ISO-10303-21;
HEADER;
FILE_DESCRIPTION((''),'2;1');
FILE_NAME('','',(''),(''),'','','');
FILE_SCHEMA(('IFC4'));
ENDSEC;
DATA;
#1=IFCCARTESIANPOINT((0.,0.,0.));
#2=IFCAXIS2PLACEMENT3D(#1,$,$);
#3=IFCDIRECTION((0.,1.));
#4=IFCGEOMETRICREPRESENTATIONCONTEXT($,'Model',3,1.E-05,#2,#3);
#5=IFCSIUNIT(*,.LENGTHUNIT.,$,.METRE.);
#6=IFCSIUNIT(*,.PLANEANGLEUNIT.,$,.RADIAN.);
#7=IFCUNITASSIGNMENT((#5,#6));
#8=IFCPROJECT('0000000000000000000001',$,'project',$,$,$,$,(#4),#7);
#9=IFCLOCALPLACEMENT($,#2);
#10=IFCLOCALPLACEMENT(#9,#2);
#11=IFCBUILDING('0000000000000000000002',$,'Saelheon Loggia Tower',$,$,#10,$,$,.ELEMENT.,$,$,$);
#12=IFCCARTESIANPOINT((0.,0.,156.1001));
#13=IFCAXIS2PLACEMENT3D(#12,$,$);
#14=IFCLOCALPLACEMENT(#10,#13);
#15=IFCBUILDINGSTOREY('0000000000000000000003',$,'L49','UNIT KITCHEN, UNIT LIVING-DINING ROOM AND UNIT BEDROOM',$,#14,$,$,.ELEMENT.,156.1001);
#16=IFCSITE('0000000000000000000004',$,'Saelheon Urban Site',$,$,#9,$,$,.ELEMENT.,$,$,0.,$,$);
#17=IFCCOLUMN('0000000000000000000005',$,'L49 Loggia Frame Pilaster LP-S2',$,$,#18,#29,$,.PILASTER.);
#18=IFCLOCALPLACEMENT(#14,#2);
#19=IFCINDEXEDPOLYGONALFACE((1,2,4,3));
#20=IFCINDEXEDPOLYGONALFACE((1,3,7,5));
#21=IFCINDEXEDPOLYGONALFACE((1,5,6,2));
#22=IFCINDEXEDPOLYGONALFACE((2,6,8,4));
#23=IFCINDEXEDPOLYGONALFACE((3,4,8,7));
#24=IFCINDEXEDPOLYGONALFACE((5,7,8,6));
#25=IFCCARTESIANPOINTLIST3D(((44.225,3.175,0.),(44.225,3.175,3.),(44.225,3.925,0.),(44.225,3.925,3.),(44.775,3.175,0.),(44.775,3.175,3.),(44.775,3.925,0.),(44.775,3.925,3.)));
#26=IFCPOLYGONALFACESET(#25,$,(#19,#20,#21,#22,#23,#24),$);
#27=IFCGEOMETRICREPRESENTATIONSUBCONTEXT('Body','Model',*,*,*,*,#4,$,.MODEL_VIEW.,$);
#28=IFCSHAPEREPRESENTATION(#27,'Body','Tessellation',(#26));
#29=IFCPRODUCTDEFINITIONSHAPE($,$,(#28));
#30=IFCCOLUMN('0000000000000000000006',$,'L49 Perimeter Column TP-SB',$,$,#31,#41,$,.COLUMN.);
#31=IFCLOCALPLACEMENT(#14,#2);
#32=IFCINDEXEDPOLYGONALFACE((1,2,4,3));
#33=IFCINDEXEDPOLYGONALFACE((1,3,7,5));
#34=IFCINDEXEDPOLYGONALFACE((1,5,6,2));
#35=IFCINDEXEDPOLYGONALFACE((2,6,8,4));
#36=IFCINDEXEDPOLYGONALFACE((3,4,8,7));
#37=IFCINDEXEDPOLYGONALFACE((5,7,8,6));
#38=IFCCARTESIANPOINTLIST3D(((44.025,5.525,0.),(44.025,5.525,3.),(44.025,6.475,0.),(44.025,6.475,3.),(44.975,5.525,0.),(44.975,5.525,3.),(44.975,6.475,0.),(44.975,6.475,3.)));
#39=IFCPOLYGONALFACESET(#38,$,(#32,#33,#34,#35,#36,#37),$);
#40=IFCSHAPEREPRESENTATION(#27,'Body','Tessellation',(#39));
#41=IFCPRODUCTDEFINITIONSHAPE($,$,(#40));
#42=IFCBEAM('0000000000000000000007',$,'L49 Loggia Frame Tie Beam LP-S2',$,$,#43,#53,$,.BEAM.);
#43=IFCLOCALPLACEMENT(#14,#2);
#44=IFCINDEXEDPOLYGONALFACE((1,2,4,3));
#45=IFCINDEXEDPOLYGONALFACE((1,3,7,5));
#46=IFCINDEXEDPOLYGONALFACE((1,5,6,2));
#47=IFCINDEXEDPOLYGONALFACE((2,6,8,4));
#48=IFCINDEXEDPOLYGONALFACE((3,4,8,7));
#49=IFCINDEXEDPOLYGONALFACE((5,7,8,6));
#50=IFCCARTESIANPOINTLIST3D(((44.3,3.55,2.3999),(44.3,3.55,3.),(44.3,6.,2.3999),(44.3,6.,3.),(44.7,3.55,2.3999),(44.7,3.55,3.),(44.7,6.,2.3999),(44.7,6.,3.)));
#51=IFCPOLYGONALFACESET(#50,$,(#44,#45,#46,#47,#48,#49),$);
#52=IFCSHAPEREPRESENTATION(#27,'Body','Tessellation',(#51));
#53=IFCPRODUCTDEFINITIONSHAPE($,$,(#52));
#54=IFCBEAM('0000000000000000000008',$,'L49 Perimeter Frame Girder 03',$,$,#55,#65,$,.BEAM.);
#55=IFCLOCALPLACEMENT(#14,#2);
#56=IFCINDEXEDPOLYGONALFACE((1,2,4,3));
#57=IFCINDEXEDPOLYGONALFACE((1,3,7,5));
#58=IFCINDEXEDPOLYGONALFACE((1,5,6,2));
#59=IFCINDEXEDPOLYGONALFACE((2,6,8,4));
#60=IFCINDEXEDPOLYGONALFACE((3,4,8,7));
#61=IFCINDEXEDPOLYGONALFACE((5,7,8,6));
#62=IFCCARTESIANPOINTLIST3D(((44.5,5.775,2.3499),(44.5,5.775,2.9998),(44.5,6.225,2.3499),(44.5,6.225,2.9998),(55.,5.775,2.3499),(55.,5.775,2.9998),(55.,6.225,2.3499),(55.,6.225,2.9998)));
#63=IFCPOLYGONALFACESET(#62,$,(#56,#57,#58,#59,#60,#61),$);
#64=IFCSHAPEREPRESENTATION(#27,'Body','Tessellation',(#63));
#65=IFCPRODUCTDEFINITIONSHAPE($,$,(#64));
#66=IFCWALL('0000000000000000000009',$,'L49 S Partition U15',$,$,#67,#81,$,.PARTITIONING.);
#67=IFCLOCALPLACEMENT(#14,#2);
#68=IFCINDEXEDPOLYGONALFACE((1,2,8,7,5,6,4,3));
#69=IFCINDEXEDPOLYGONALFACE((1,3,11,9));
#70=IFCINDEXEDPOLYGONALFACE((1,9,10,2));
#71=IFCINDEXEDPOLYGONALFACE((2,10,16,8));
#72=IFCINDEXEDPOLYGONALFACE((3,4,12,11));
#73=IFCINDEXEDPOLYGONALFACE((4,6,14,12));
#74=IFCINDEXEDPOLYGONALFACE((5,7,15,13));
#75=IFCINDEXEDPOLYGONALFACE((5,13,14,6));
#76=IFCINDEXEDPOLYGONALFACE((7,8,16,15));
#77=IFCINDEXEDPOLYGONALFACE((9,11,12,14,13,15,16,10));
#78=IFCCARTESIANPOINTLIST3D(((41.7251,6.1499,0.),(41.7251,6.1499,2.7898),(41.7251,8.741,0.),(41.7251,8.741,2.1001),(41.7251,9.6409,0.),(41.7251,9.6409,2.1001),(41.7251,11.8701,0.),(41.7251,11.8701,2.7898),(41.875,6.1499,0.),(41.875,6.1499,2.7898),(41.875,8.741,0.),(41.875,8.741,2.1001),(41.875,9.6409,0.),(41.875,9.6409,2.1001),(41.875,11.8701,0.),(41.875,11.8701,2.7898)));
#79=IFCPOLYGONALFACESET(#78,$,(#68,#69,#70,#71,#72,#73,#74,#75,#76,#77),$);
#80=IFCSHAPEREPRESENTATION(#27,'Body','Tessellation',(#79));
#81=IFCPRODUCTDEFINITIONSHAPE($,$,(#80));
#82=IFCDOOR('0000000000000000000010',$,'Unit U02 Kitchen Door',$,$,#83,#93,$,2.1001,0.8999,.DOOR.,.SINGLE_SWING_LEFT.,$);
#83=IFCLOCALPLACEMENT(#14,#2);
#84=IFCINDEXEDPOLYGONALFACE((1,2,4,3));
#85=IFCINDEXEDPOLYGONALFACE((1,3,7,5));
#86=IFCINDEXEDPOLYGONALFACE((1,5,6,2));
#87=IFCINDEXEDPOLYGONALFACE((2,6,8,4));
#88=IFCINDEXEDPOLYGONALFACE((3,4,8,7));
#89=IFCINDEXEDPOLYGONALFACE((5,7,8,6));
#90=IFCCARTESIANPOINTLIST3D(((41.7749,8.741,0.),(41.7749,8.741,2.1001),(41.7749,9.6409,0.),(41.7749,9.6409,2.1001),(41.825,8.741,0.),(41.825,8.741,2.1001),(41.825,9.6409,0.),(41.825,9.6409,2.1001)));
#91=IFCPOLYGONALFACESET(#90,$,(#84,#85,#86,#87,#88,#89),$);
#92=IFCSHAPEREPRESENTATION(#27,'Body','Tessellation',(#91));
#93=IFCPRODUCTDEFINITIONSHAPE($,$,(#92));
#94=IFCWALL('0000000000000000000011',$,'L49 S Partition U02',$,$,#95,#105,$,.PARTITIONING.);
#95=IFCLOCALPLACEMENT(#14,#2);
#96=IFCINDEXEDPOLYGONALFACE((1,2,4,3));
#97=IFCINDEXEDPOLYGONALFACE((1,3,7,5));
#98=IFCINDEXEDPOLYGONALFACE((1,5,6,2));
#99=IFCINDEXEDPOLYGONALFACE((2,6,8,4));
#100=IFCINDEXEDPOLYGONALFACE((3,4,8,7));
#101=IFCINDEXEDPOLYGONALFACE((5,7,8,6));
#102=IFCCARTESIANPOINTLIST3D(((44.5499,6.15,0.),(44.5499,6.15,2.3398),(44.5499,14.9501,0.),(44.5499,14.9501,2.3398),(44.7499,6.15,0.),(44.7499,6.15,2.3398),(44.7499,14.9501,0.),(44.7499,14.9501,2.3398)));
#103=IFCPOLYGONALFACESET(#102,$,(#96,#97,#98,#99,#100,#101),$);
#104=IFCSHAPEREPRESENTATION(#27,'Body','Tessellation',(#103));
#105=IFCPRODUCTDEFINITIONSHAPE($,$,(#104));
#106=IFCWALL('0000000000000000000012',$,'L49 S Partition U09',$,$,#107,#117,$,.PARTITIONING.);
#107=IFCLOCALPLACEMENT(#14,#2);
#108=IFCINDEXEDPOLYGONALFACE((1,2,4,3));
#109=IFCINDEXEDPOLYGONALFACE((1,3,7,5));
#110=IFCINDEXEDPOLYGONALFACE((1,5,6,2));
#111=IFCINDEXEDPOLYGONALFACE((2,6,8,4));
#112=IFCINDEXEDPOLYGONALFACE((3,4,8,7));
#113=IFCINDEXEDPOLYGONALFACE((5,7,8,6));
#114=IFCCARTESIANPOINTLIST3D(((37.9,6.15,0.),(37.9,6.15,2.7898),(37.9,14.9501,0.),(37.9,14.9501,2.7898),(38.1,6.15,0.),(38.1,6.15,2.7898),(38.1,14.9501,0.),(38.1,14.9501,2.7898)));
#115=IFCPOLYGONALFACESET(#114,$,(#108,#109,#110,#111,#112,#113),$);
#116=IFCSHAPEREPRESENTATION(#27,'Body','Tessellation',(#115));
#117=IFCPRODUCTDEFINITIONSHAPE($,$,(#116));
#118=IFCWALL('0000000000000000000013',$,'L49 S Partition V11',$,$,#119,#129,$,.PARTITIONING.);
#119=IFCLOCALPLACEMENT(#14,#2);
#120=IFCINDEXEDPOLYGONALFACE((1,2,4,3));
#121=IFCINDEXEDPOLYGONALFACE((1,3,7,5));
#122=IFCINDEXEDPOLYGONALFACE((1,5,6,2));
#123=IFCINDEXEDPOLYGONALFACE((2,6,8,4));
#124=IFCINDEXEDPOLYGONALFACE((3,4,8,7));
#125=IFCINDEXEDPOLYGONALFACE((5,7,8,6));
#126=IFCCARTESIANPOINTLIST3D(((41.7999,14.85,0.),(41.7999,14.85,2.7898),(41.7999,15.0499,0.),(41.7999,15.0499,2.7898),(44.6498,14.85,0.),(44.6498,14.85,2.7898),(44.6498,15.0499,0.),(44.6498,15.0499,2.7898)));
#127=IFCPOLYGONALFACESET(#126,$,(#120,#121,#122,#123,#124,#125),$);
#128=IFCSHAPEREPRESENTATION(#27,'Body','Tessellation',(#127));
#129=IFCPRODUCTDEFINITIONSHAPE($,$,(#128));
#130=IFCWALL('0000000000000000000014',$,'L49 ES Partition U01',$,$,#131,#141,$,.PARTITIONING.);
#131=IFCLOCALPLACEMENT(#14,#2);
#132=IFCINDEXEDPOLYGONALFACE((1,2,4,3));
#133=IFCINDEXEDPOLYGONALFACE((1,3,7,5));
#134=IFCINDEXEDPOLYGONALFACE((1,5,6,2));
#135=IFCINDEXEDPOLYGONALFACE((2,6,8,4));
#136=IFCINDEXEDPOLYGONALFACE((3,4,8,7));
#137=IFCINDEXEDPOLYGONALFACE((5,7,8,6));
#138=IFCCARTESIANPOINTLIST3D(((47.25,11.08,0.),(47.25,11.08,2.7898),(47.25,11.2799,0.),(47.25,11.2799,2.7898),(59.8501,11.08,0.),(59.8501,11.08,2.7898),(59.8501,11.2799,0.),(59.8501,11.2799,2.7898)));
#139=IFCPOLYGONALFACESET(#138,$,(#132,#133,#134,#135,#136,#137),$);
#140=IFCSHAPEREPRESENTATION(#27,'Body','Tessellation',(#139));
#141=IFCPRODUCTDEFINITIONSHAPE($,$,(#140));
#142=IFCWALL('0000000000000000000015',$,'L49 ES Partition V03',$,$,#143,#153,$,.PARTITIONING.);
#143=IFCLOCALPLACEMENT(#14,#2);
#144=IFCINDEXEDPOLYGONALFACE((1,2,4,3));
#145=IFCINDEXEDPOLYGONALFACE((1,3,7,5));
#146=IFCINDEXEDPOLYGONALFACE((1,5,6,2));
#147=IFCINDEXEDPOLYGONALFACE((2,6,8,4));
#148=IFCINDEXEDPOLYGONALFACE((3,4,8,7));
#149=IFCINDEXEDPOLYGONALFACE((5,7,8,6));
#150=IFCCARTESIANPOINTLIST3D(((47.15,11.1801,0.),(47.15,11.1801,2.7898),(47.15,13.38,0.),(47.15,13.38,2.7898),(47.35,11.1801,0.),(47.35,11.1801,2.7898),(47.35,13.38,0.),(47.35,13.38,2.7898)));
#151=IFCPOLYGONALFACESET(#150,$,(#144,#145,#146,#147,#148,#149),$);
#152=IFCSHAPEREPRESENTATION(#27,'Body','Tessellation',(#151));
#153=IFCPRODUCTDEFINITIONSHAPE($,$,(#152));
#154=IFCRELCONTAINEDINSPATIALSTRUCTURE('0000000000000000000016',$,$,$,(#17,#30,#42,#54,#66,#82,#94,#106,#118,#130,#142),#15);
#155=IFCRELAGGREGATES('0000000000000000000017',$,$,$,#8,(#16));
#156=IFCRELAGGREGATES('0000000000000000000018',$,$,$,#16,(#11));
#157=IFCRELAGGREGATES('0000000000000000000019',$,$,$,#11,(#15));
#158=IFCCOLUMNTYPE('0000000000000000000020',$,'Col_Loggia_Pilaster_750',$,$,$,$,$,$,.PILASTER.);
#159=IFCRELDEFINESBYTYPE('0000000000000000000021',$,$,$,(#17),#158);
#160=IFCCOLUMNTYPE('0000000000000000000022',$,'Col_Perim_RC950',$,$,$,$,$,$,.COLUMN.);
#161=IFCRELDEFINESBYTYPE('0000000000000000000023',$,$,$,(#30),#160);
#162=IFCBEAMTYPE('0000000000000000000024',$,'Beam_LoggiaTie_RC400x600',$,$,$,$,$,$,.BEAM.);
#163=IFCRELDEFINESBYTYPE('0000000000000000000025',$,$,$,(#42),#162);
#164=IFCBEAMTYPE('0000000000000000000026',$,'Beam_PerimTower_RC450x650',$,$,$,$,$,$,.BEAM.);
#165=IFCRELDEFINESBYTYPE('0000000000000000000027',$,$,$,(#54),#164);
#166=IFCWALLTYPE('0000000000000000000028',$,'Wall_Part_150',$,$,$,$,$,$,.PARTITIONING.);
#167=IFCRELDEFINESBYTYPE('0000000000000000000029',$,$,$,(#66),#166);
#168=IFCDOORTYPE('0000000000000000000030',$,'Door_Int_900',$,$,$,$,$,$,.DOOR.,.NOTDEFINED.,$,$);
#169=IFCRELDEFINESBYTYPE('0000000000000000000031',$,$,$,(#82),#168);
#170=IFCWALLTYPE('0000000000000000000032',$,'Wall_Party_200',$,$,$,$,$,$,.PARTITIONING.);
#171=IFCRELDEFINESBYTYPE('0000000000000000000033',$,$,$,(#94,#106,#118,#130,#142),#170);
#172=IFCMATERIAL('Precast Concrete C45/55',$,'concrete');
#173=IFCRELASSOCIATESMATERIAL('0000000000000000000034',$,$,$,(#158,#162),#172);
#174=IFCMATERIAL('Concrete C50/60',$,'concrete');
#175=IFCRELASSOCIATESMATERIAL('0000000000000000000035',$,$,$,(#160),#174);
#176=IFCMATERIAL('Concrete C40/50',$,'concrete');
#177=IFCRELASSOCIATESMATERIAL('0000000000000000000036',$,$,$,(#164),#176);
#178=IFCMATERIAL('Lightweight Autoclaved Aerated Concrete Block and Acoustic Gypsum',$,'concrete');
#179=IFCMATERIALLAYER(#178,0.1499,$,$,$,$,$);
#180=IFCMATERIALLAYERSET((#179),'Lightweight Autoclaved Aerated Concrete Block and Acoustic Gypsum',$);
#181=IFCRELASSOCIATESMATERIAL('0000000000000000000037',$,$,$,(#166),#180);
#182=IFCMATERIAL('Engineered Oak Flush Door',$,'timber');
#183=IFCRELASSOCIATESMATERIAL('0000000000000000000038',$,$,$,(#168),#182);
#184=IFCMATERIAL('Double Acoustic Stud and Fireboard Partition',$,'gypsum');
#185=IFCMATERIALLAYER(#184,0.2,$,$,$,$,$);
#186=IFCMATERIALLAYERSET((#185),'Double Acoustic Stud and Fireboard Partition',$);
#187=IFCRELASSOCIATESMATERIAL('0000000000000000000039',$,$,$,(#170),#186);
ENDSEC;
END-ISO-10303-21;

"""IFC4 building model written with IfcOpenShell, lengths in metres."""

from ifc_helpers import new_model, si_unit, direction, frame, frame_2d, origin, origin_2d, place, context, subcontext, project, spatial, rectangle, extrude, source, transform, mapped, material, layer, layer_set, material_profile, profile_set, type_object, element, fill, save


model = new_model("IFC4")

# Units and contexts
model_context = context("Model", 3, precision=1e-05, world=origin(), true_north=direction((0.0, 1.0)))
body_context = subcontext(model_context, "Body", "Model", "MODEL_VIEW")
ifc_project = project(units=[si_unit("LENGTHUNIT", "METRE"), si_unit("PLANEANGLEUNIT", "RADIAN")], contexts=[model_context])

# Site, building, storey
site_placement = place(None, origin())
site = spatial("IfcSite", under=ifc_project, at=site_placement, Name="Saelheon Urban Site", CompositionType="ELEMENT", RefElevation=0.0)
building_placement = place(site_placement, origin())
building = spatial("IfcBuilding", under=site, at=building_placement, Name="Saelheon Loggia Tower", CompositionType="ELEMENT")
storey_placement = place(building_placement, frame((0.0, 0.0, 156.1001)))
storey = spatial("IfcBuildingStorey", under=building, at=storey_placement, Name="L49", Description="UNIT KITCHEN, UNIT LIVING-DINING ROOM AND UNIT BEDROOM", CompositionType="ELEMENT", Elevation=156.1001)

# Columns
ifc_material_1 = material(Name="Precast Concrete C45/55", Category="concrete")
ifc_material_profile_1 = material_profile(ifc_material_1, rectangle(XDim=0.55, YDim=0.75, at=origin_2d()), Name="RC-550x750")
ifc_profile_set_1 = profile_set([ifc_material_profile_1], Name="Precast Concrete C45/55")
column_type_1 = type_object("IfcColumnType", Name="Col_Loggia_Pilaster_750", PredefinedType="PILASTER", material=ifc_profile_set_1)
shared_shape_1 = source(origin(), body_context, "Body", "SweptSolid", [
    extrude(rectangle(XDim=0.55, YDim=0.75, at=origin_2d()), origin(), (0.0, 0.0, 1.0), 3.0),
])
column_1_placement = place(storey_placement, frame((44.5, 3.55, 0.0), z_axis=(0.0, 0.0, 1.0), x_axis=(1.0, 0.0, 0.0)))
element("IfcColumn", 1, at=column_1_placement, inside=storey, type_object=column_type_1, Name="L49 Loggia Frame Pilaster LP-S2", PredefinedType="PILASTER", context=body_context, shape_type="MappedRepresentation", body=[
    mapped(shared_shape_1, transform((0.0, 0.0, 0.0), scale=1.0)),
])
ifc_material_2 = material(Name="Concrete C50/60", Category="concrete")
ifc_material_profile_2 = material_profile(ifc_material_2, rectangle(XDim=0.95, YDim=0.95, at=origin_2d()), Name="RC-950x950")
ifc_profile_set_2 = profile_set([ifc_material_profile_2], Name="Concrete C50/60")
column_type_2 = type_object("IfcColumnType", Name="Col_Perim_RC950", PredefinedType="COLUMN", material=ifc_profile_set_2)
shared_shape_2 = source(origin(), body_context, "Body", "SweptSolid", [
    extrude(rectangle(XDim=0.95, YDim=0.95, at=origin_2d()), origin(), (0.0, 0.0, 1.0), 3.0),
])
column_2_placement = place(storey_placement, frame((44.5, 6.0, 0.0), z_axis=(0.0, 0.0, 1.0), x_axis=(1.0, 0.0, 0.0)))
element("IfcColumn", 2, at=column_2_placement, inside=storey, type_object=column_type_2, Name="L49 Perimeter Column TP-SB", PredefinedType="COLUMN", context=body_context, shape_type="MappedRepresentation", body=[
    mapped(shared_shape_2, transform((0.0, 0.0, 0.0), scale=1.0)),
])

# Beams
ifc_material_profile_3 = material_profile(ifc_material_1, rectangle(XDim=0.3999, YDim=0.6001, at=origin_2d()), Name="RC-400x600")
ifc_profile_set_3 = profile_set([ifc_material_profile_3], Name="Precast Concrete C45/55")
beam_type_1 = type_object("IfcBeamType", Name="Beam_LoggiaTie_RC400x600", PredefinedType="BEAM", material=ifc_profile_set_3)
shared_shape_3 = source(origin(), body_context, "Body", "SweptSolid", [
    extrude(rectangle(XDim=0.3999, YDim=0.6001, at=origin_2d()), origin(), (0.0, 0.0, 1.0), 2.45),
])
beam_1_placement = place(storey_placement, frame((44.5, 6.0, 2.7), z_axis=(0.0, -1.0, 0.0), x_axis=(1.0, 0.0, 0.0)))
element("IfcBeam", 3, at=beam_1_placement, inside=storey, type_object=beam_type_1, Name="L49 Loggia Frame Tie Beam LP-S2", PredefinedType="BEAM", context=body_context, shape_type="MappedRepresentation", body=[
    mapped(shared_shape_3, transform((0.0, 0.0, 0.0), scale=1.0)),
])
ifc_material_3 = material(Name="Concrete C40/50", Category="concrete")
ifc_material_profile_4 = material_profile(ifc_material_3, rectangle(XDim=0.45, YDim=0.6499, at=origin_2d()), Name="RC-450x650")
ifc_profile_set_4 = profile_set([ifc_material_profile_4], Name="Concrete C40/50")
beam_type_2 = type_object("IfcBeamType", Name="Beam_PerimTower_RC450x650", PredefinedType="BEAM", material=ifc_profile_set_4)
shared_shape_4 = source(origin(), body_context, "Body", "SweptSolid", [
    extrude(rectangle(XDim=0.45, YDim=0.6499, at=origin_2d()), origin(), (0.0, 0.0, 1.0), 10.5),
])
beam_2_placement = place(storey_placement, frame((44.5, 6.0, 2.6748), z_axis=(1.0, 0.0, 0.0), x_axis=(0.0, 1.0, 0.0)))
element("IfcBeam", 4, at=beam_2_placement, inside=storey, type_object=beam_type_2, Name="L49 Perimeter Frame Girder 03", PredefinedType="BEAM", context=body_context, shape_type="MappedRepresentation", body=[
    mapped(shared_shape_4, transform((0.0, 0.0, 0.0), scale=1.0)),
])

# Wall, opening, door
ifc_material_4 = material(Name="Lightweight Autoclaved Aerated Concrete Block and Acoustic Gypsum", Category="concrete")
ifc_layer_1 = layer(ifc_material_4, 0.1499)
ifc_layer_set_1 = layer_set([ifc_layer_1], Name="Lightweight Autoclaved Aerated Concrete Block and Acoustic Gypsum")
wall_type_1 = type_object("IfcWallType", Name="Wall_Part_150", PredefinedType="PARTITIONING", material=ifc_layer_set_1)
wall_1_placement = place(storey_placement, frame((41.8, 11.8701, 0.0), z_axis=(0.0, 0.0, 1.0), x_axis=(0.0, -1.0, 0.0)))
wall_1 = element("IfcWall", 5, at=wall_1_placement, inside=storey, type_object=wall_type_1, Name="L49 S Partition U15", PredefinedType="PARTITIONING", context=body_context, shape_type="SweptSolid", body=[
    extrude(rectangle(XDim=5.7202, YDim=0.1499, at=frame_2d((2.8601, 0.0))), origin(), (0.0, 0.0, 1.0), 2.7898),
])
opening_1_placement = place(wall_1_placement, frame((2.2292, 0.0, 0.0)))
opening_1 = element("IfcOpeningElement", 6, at=opening_1_placement, cuts=wall_1, PredefinedType="OPENING", context=body_context, shape_type="SweptSolid", body=[
    extrude(rectangle(XDim=0.8999, YDim=2.1001, at=frame_2d((0.45, 1.05))), frame((0.0, 0.0869, 0.0), z_axis=(0.0, -1.0, 0.0), x_axis=(1.0, 0.0, 0.0)), (0.0, 0.0, 1.0), 0.1738),
])
ifc_material_5 = material(Name="Engineered Oak Flush Door", Category="timber")
door_type_1 = type_object("IfcDoorType", Name="Door_Int_900", OperationType="NOTDEFINED", PredefinedType="DOOR", material=ifc_material_5)
shared_shape_5 = source(origin(), body_context, "Body", "SweptSolid", [
    extrude(rectangle(XDim=0.8999, YDim=2.1001, at=frame_2d((0.45, 1.05))), frame((0.0, 0.0249, 0.0), z_axis=(0.0, -1.0, 0.0), x_axis=(1.0, 0.0, 0.0)), (0.0, 0.0, 1.0), 0.05),
])
door_1_placement = place(opening_1_placement, origin())
door_1 = element("IfcDoor", 7, at=door_1_placement, inside=storey, type_object=door_type_1, Name="Unit U02 Kitchen Door", OperationType="SINGLE_SWING_LEFT", OverallHeight=2.1001, OverallWidth=0.8999, PredefinedType="DOOR", context=body_context, shape_type="MappedRepresentation", body=[
    mapped(shared_shape_5, transform((0.0, 0.0, 0.0), scale=1.0)),
])
fill(opening_1, door_1)

# Walls
ifc_material_6 = material(Name="Double Acoustic Stud and Fireboard Partition", Category="gypsum")
ifc_layer_2 = layer(ifc_material_6, 0.2)
ifc_layer_set_2 = layer_set([ifc_layer_2], Name="Double Acoustic Stud and Fireboard Partition")
wall_type_2 = type_object("IfcWallType", Name="Wall_Party_200", PredefinedType="PARTITIONING", material=ifc_layer_set_2)
wall_2_placement = place(storey_placement, frame((44.6499, 14.95, 0.0), z_axis=(0.0, 0.0, 1.0), x_axis=(0.0, -1.0, 0.0)))
element("IfcWall", 8, at=wall_2_placement, inside=storey, type_object=wall_type_2, Name="L49 S Partition U02", PredefinedType="PARTITIONING", context=body_context, shape_type="SweptSolid", body=[
    extrude(rectangle(XDim=8.8, YDim=0.2, at=frame_2d((4.3999, 0.0))), origin(), (0.0, 0.0, 1.0), 2.3398),
])
wall_3_placement = place(storey_placement, frame((38.0, 14.95, 0.0), z_axis=(0.0, 0.0, 1.0), x_axis=(0.0, -1.0, 0.0)))
element("IfcWall", 9, at=wall_3_placement, inside=storey, type_object=wall_type_2, Name="L49 S Partition U09", PredefinedType="PARTITIONING", context=body_context, shape_type="SweptSolid", body=[
    extrude(rectangle(XDim=8.8, YDim=0.2, at=frame_2d((4.3999, 0.0))), origin(), (0.0, 0.0, 1.0), 2.7898),
])

# Walls
wall_4_placement = place(storey_placement, frame((41.8, 14.95, 0.0), z_axis=(0.0, 0.0, 1.0), x_axis=(1.0, 0.0, 0.0)))
element("IfcWall", 10, at=wall_4_placement, inside=storey, type_object=wall_type_2, Name="L49 S Partition V11", PredefinedType="PARTITIONING", context=body_context, shape_type="SweptSolid", body=[
    extrude(rectangle(XDim=2.8499, YDim=0.2, at=frame_2d((1.4248, 0.0))), origin(), (0.0, 0.0, 1.0), 2.7898),
])
wall_5_placement = place(storey_placement, frame((47.25, 11.1799, 0.0), z_axis=(0.0, 0.0, 1.0), x_axis=(1.0, 0.0, 0.0)))
element("IfcWall", 11, at=wall_5_placement, inside=storey, type_object=wall_type_2, Name="L49 ES Partition U01", PredefinedType="PARTITIONING", context=body_context, shape_type="SweptSolid", body=[
    extrude(rectangle(XDim=12.6001, YDim=0.2, at=frame_2d((6.3, 0.0))), origin(), (0.0, 0.0, 1.0), 2.7898),
])
wall_6_placement = place(storey_placement, frame((47.25, 11.1799, 0.0), z_axis=(0.0, 0.0, 1.0), x_axis=(0.0, 1.0, 0.0)))
element("IfcWall", 12, at=wall_6_placement, inside=storey, type_object=wall_type_2, Name="L49 ES Partition V03", PredefinedType="PARTITIONING", context=body_context, shape_type="SweptSolid", body=[
    extrude(rectangle(XDim=2.2, YDim=0.2, at=frame_2d((1.1001, 0.0))), origin(), (0.0, 0.0, 1.0), 2.7898),
])

save(model, "model.ifc")
